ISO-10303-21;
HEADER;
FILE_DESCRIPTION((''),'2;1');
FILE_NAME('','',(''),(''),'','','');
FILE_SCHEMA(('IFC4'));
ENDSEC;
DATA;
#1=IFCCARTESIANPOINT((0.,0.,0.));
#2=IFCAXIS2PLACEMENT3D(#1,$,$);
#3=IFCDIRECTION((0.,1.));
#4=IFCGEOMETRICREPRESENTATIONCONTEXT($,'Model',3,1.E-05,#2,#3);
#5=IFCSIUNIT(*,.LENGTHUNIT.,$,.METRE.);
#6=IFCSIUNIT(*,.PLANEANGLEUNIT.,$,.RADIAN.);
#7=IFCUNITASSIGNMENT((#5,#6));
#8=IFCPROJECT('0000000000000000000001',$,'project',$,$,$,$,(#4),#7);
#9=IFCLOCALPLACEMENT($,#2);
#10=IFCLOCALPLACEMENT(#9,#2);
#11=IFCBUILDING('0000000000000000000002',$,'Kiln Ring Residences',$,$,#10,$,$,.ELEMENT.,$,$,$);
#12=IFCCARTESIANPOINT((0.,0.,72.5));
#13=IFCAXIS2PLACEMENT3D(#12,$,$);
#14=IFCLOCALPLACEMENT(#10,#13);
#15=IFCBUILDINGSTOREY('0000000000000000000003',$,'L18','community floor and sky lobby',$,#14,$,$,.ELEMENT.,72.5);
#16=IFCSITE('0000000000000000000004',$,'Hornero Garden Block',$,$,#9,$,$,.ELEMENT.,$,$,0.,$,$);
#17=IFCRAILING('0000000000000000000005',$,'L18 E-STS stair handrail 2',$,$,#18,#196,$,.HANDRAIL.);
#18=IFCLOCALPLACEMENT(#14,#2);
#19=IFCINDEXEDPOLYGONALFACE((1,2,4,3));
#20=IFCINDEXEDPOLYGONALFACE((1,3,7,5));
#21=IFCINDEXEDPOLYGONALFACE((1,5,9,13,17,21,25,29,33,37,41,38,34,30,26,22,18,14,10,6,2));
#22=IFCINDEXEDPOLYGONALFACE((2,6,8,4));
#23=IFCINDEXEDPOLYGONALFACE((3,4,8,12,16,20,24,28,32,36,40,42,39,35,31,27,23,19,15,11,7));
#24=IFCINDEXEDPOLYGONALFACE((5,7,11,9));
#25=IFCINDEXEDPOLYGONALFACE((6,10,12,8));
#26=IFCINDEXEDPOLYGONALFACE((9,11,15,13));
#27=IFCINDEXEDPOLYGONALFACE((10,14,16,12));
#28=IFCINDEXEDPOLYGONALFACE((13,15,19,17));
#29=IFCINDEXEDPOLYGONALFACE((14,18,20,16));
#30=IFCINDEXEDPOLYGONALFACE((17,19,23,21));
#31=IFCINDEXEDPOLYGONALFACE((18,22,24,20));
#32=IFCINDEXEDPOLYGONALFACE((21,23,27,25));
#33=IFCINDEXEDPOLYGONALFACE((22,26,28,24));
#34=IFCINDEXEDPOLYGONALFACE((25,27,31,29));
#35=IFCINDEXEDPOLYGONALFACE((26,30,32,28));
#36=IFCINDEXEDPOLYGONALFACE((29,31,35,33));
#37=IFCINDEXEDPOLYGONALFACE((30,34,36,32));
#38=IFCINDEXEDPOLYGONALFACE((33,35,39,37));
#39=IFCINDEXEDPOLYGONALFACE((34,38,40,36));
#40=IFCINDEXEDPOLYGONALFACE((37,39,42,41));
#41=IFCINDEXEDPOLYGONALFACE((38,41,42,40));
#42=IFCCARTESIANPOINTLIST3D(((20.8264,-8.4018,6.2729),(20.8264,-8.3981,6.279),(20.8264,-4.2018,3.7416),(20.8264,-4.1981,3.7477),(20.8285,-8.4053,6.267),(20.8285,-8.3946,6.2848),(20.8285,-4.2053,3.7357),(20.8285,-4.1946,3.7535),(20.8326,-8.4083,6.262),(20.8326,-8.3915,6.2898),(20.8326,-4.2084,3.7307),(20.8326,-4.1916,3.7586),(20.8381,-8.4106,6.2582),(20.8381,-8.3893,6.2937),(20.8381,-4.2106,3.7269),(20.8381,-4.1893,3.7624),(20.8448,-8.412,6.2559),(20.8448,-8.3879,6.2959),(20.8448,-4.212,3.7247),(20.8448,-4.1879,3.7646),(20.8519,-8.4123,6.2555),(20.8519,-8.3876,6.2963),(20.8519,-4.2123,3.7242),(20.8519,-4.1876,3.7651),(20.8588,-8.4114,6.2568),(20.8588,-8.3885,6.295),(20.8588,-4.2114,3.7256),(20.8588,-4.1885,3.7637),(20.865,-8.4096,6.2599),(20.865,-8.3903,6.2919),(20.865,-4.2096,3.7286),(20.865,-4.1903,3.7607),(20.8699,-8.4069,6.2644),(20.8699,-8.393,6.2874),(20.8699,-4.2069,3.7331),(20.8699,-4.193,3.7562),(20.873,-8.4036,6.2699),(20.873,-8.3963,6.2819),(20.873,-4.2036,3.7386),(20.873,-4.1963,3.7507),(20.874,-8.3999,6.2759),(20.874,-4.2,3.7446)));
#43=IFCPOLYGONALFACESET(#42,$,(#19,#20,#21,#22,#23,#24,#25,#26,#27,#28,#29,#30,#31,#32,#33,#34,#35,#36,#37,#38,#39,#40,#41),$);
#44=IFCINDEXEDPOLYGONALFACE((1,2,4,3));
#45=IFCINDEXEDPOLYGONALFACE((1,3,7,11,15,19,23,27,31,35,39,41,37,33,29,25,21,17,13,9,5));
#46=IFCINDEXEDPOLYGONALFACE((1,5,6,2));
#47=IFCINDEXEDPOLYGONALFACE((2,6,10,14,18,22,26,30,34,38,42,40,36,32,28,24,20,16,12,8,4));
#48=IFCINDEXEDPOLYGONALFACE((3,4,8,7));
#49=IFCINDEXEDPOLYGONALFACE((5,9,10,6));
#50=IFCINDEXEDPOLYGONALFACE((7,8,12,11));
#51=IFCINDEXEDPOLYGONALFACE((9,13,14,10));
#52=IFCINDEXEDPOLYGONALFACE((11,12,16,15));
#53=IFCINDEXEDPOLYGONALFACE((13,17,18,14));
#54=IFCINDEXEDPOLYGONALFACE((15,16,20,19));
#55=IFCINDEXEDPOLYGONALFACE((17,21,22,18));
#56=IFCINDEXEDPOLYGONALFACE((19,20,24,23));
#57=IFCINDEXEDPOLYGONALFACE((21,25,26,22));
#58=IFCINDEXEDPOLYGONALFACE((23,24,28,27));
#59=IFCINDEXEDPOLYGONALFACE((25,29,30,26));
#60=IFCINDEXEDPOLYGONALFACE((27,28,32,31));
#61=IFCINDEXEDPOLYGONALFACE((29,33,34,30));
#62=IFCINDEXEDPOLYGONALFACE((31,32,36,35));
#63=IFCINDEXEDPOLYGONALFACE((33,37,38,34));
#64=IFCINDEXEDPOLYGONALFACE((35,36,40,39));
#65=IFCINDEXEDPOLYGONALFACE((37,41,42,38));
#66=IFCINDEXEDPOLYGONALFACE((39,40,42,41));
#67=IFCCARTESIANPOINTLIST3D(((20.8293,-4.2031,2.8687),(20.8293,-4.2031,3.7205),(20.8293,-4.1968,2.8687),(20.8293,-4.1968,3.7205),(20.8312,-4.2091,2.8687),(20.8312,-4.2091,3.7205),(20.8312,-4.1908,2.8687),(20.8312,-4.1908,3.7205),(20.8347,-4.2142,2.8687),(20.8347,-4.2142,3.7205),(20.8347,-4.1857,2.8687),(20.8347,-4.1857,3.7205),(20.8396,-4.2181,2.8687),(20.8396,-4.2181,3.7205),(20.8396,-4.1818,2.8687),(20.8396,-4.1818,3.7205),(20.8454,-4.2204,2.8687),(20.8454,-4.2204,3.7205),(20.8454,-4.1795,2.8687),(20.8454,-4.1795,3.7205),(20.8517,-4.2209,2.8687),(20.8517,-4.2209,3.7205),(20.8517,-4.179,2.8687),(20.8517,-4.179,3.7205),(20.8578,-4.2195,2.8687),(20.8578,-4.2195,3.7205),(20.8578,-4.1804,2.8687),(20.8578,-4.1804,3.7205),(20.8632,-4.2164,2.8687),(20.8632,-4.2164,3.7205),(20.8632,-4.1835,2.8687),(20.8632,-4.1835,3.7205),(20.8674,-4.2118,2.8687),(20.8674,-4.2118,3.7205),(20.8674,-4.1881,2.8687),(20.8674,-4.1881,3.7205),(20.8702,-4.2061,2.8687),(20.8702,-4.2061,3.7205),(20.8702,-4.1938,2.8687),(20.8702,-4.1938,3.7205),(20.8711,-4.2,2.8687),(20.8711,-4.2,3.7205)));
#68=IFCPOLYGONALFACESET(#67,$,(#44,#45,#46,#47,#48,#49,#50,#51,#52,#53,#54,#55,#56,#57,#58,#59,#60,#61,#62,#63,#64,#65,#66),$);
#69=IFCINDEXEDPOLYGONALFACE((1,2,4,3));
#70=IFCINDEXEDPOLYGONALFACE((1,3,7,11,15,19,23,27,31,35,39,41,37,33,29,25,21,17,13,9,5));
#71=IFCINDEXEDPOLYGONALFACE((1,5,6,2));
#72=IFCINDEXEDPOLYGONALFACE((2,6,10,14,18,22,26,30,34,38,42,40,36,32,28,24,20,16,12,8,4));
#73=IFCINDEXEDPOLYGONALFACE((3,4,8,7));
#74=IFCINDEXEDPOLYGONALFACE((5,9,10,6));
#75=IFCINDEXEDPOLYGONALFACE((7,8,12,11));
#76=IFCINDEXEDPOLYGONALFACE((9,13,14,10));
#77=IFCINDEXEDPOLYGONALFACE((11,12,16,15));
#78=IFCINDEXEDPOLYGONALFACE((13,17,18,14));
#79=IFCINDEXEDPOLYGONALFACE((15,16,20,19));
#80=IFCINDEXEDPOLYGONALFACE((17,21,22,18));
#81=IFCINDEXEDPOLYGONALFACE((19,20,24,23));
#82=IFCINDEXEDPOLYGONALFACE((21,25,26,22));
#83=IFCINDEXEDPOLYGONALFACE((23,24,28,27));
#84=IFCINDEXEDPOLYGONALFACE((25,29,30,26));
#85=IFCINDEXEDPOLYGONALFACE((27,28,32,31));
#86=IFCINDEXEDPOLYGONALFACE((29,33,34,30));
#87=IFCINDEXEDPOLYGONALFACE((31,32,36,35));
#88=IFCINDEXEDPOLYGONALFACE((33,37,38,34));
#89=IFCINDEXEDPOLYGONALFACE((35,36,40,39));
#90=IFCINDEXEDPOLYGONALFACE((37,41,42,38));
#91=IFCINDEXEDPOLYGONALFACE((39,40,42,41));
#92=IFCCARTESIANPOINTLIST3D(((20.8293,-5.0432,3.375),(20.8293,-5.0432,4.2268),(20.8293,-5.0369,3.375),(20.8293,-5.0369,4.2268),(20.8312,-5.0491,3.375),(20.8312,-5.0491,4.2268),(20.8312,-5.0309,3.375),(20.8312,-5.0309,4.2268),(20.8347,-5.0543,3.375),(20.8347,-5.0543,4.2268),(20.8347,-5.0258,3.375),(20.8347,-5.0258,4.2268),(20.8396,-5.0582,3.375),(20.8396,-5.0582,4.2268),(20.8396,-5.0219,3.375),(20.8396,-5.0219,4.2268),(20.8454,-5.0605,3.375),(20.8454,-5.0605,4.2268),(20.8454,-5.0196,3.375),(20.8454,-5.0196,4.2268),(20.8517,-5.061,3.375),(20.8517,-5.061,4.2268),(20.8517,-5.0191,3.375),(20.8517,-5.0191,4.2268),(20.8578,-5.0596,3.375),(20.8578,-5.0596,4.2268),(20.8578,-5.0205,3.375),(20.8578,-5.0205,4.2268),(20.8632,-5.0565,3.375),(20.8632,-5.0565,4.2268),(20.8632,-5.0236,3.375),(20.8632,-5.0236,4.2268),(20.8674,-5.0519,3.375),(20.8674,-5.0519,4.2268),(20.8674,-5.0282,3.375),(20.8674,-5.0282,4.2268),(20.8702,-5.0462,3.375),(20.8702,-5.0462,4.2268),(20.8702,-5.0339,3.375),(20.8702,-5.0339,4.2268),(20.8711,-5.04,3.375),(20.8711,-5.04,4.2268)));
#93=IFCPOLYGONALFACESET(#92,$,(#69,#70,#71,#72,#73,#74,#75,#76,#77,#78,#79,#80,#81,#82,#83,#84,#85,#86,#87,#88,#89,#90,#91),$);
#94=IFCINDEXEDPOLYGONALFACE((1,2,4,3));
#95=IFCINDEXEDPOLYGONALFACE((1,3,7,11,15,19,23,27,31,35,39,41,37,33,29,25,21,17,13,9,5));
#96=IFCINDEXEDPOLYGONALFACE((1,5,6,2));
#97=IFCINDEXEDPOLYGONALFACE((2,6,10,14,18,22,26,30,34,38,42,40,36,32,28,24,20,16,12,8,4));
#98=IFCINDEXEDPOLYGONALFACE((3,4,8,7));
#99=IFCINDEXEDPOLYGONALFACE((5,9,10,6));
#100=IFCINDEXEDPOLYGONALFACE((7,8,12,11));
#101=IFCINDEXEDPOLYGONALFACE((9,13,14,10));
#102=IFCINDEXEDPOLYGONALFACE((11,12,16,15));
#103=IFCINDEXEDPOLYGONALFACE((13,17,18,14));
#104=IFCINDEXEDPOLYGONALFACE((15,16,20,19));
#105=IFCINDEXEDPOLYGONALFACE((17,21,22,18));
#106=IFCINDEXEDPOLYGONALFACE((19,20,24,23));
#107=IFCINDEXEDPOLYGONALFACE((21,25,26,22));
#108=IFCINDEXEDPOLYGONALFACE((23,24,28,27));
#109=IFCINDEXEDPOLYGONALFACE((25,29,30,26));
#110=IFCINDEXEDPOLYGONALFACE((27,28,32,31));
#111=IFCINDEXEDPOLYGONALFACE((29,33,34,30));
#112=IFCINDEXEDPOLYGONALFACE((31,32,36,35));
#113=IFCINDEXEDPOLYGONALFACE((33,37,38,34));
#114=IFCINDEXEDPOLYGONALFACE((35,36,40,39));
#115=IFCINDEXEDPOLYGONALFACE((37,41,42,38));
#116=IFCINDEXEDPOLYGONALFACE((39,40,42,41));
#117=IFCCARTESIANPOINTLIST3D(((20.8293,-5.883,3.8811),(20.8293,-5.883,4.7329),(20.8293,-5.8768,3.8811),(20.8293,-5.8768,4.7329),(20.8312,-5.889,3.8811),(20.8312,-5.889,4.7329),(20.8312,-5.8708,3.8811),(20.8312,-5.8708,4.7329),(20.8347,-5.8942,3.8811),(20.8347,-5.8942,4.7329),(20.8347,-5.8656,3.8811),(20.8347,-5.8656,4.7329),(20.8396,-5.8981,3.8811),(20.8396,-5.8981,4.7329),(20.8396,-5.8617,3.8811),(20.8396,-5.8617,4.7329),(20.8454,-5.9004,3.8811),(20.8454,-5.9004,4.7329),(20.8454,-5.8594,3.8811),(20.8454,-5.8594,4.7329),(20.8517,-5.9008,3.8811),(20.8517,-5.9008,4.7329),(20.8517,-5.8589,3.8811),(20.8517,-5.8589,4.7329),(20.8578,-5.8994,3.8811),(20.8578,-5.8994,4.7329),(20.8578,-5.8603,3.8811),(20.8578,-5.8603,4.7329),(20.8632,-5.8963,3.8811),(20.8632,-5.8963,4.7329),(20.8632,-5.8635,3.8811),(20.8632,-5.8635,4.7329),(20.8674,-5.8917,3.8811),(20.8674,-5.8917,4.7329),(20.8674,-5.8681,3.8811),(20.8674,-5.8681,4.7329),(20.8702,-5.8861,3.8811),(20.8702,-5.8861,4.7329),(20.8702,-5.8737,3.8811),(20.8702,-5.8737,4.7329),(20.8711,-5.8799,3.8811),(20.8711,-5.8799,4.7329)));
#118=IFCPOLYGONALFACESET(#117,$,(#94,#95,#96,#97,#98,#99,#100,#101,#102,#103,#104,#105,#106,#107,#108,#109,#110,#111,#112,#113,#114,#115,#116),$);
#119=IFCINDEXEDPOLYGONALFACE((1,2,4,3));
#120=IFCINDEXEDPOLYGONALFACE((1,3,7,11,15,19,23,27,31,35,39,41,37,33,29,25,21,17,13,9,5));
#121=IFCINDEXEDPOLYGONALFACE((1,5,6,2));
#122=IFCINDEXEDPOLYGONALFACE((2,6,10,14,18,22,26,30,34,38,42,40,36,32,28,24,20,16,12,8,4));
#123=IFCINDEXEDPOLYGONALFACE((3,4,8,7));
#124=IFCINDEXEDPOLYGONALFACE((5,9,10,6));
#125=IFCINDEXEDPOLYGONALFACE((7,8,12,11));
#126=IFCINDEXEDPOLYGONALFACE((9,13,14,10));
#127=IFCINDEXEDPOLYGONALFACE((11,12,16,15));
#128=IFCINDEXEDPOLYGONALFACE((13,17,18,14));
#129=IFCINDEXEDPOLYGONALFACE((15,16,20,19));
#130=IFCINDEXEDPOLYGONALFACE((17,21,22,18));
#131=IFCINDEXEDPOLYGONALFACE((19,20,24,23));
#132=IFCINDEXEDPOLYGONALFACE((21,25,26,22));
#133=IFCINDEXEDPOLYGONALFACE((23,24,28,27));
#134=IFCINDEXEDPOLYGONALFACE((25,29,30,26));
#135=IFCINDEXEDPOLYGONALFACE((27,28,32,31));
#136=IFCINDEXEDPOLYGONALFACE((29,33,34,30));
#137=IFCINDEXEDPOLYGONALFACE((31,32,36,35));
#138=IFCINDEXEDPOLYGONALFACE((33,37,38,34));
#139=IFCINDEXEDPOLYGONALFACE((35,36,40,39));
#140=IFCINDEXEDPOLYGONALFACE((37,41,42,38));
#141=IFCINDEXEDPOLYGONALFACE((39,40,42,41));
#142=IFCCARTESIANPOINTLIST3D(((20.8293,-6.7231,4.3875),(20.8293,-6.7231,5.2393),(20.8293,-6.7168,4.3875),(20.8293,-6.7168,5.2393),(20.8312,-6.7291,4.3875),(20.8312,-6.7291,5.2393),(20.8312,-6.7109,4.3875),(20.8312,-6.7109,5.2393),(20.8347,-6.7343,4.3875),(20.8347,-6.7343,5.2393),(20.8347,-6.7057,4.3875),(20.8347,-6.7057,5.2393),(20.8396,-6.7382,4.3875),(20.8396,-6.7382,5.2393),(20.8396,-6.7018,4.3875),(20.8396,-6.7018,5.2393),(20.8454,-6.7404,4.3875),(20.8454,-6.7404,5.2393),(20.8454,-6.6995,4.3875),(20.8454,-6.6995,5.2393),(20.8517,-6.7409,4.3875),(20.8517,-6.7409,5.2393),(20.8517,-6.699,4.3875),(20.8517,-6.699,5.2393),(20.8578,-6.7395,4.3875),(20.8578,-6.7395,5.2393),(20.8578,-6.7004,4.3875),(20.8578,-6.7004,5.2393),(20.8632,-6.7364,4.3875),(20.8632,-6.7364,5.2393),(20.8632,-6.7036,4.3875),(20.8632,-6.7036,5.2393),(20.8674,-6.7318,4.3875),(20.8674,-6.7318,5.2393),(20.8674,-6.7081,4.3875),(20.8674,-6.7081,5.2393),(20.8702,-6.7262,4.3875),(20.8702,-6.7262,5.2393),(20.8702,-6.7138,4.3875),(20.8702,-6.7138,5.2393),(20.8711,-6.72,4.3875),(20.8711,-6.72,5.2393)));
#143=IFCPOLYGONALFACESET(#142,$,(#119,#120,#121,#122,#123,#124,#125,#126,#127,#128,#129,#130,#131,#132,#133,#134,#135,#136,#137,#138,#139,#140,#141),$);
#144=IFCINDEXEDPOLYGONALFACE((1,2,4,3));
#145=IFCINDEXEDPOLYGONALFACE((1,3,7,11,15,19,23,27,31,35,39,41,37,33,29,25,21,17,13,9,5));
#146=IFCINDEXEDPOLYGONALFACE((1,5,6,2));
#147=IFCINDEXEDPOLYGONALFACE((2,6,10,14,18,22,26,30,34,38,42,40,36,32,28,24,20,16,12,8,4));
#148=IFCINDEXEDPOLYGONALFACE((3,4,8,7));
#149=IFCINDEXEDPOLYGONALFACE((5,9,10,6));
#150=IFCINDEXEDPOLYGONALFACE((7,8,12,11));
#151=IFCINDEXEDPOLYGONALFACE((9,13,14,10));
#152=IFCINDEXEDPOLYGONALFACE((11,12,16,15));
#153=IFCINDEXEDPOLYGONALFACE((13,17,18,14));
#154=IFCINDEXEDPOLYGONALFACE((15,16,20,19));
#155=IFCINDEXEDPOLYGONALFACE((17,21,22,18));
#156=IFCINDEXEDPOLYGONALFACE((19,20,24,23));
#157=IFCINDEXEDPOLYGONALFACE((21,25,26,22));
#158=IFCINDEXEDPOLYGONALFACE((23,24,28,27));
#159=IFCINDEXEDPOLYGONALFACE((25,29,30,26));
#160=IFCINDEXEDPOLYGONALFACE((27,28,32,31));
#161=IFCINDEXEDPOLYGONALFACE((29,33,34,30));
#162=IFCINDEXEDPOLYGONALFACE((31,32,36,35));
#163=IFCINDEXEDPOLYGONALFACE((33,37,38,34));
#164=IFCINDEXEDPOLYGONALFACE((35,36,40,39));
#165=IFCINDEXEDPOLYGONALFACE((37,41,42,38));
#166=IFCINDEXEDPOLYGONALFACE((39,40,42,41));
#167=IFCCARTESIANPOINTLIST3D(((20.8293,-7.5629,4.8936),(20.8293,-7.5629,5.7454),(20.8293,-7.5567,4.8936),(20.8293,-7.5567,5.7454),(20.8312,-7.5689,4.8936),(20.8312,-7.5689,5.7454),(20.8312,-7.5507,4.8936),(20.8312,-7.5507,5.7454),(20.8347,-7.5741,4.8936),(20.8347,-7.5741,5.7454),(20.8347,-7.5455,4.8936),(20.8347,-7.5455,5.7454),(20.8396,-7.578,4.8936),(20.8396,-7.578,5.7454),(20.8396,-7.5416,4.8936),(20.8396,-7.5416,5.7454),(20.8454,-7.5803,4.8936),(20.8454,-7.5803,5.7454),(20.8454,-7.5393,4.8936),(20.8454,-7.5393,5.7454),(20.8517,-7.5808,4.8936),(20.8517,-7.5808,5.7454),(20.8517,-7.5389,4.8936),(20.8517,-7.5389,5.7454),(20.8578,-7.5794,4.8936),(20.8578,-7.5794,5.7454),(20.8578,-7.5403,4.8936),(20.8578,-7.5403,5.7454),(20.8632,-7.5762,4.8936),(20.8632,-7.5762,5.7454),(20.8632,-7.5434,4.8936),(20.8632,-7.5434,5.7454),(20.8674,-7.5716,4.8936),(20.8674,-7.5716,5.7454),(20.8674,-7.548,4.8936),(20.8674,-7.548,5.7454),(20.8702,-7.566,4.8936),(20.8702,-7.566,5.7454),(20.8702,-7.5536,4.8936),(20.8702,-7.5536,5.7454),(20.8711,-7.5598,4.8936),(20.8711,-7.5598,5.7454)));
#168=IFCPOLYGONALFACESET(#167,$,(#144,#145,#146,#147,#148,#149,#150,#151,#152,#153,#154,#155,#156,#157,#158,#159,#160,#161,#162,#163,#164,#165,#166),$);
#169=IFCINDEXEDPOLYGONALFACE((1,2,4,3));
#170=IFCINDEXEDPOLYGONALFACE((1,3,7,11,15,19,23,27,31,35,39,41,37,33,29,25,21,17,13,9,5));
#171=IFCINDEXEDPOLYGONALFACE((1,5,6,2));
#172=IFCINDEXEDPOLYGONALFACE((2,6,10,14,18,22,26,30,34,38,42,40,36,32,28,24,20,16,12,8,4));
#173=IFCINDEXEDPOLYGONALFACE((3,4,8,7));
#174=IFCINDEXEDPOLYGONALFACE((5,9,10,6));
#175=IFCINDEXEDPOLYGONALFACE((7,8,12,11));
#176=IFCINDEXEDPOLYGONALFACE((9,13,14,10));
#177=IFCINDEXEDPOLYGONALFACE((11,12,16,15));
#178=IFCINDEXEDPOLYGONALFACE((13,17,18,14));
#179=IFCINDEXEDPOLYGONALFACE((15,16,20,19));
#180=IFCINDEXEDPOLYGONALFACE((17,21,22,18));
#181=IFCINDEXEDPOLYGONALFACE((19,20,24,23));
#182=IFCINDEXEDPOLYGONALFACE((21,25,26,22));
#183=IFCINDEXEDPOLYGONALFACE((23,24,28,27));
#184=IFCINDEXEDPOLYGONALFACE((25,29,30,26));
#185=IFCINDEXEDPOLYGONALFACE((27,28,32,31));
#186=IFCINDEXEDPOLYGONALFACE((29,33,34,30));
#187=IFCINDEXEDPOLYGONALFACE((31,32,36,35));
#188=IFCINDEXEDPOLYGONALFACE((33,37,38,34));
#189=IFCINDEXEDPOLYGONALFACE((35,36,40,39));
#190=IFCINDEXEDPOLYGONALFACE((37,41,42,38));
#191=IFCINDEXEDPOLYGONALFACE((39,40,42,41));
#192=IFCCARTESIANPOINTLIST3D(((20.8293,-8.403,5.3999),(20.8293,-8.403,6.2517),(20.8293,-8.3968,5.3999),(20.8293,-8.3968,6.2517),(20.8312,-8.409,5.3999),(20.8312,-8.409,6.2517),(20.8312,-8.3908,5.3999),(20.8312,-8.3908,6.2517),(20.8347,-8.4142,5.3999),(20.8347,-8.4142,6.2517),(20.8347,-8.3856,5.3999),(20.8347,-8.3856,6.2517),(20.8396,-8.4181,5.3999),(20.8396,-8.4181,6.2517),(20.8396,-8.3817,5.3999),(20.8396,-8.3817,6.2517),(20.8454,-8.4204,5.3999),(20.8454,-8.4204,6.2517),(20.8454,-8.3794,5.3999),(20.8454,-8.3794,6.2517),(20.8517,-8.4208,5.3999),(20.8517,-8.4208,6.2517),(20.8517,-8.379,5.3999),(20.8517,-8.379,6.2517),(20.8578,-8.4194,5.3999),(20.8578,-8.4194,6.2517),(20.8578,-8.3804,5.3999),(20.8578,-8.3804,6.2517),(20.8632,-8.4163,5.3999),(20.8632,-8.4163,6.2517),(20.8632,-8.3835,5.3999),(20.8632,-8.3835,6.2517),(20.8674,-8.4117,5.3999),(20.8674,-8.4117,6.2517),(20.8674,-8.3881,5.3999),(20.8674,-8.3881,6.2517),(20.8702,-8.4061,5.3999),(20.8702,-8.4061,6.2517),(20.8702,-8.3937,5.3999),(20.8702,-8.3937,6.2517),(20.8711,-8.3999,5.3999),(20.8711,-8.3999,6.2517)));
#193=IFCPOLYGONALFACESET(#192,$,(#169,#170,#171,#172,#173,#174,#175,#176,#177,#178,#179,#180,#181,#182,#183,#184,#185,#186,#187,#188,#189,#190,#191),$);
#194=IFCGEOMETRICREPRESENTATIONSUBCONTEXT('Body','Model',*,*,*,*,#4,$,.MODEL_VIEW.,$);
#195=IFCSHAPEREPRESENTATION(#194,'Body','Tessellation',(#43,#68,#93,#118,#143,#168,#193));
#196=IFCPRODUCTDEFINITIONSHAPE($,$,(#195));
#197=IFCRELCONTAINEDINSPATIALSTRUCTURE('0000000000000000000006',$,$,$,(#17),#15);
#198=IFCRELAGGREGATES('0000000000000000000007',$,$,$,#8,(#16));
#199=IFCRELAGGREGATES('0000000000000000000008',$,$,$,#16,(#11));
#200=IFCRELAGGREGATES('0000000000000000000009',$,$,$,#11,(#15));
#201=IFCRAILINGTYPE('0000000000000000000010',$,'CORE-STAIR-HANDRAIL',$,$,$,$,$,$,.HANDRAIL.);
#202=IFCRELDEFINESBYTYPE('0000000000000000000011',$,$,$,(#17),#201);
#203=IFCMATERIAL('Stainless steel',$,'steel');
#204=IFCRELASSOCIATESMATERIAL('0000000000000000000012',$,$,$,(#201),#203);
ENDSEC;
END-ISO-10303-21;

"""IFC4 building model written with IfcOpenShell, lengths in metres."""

from ifc_helpers import new_model, si_unit, direction, frame, origin, origin_2d, place, context, subcontext, project, spatial, circle, extrude, material, type_object, element, save


model = new_model("IFC4")

# Units and contexts
model_context = context("Model", 3, precision=1e-05, world=origin(), true_north=direction((0.0, 1.0)))
body_context = subcontext(model_context, "Body", "Model", "MODEL_VIEW")
ifc_project = project(units=[si_unit("LENGTHUNIT", "METRE"), si_unit("PLANEANGLEUNIT", "RADIAN")], contexts=[model_context])

# Site, building, storey
site_placement = place(None, origin())
site = spatial("IfcSite", under=ifc_project, at=site_placement, Name="Hornero Garden Block", CompositionType="ELEMENT", RefElevation=0.0)
building_placement = place(site_placement, origin())
building = spatial("IfcBuilding", under=site, at=building_placement, Name="Kiln Ring Residences", CompositionType="ELEMENT")
storey_placement = place(building_placement, frame((0.0, 0.0, 72.5)))
storey = spatial("IfcBuildingStorey", under=building, at=storey_placement, Name="L18", Description="community floor and sky lobby", CompositionType="ELEMENT", Elevation=72.5)

# Railing
ifc_material_1 = material(Name="Stainless steel", Category="steel")
railing_type_1 = type_object("IfcRailingType", Name="CORE-STAIR-HANDRAIL", PredefinedType="HANDRAIL", material=ifc_material_1)
railing_1_placement = place(storey_placement, frame((20.8501, -4.2, 2.8687)))
element("IfcRailing", 1, at=railing_1_placement, inside=storey, type_object=railing_type_1, Name="L18 E-STS stair handrail 2", PredefinedType="HANDRAIL", context=body_context, shape_type="SweptSolid", body=[
    extrude(circle(Radius=0.0239, at=origin_2d()), frame((0.0, 0.0, 0.876), z_axis=(0.0, -0.856476, 0.516186), x_axis=(1.0, 0.0, 0.0)), (0.0, 0.0, 1.0), 4.9038),
    extrude(circle(Radius=0.021, at=origin_2d()), origin(), (0.0, 0.0, 1.0), 0.8518),
    extrude(circle(Radius=0.021, at=origin_2d()), frame((0.0, -0.8401, 0.5063)), (0.0, 0.0, 1.0), 0.8518),
    extrude(circle(Radius=0.021, at=origin_2d()), frame((0.0, -1.6799, 1.0125)), (0.0, 0.0, 1.0), 0.8518),
    extrude(circle(Radius=0.021, at=origin_2d()), frame((0.0, -2.52, 1.5188)), (0.0, 0.0, 1.0), 0.8518),
    extrude(circle(Radius=0.021, at=origin_2d()), frame((0.0, -3.3599, 2.0249)), (0.0, 0.0, 1.0), 0.8518),
    extrude(circle(Radius=0.021, at=origin_2d()), frame((0.0, -4.2, 2.5312)), (0.0, 0.0, 1.0), 0.8518),
])

save(model, "model.ifc")
